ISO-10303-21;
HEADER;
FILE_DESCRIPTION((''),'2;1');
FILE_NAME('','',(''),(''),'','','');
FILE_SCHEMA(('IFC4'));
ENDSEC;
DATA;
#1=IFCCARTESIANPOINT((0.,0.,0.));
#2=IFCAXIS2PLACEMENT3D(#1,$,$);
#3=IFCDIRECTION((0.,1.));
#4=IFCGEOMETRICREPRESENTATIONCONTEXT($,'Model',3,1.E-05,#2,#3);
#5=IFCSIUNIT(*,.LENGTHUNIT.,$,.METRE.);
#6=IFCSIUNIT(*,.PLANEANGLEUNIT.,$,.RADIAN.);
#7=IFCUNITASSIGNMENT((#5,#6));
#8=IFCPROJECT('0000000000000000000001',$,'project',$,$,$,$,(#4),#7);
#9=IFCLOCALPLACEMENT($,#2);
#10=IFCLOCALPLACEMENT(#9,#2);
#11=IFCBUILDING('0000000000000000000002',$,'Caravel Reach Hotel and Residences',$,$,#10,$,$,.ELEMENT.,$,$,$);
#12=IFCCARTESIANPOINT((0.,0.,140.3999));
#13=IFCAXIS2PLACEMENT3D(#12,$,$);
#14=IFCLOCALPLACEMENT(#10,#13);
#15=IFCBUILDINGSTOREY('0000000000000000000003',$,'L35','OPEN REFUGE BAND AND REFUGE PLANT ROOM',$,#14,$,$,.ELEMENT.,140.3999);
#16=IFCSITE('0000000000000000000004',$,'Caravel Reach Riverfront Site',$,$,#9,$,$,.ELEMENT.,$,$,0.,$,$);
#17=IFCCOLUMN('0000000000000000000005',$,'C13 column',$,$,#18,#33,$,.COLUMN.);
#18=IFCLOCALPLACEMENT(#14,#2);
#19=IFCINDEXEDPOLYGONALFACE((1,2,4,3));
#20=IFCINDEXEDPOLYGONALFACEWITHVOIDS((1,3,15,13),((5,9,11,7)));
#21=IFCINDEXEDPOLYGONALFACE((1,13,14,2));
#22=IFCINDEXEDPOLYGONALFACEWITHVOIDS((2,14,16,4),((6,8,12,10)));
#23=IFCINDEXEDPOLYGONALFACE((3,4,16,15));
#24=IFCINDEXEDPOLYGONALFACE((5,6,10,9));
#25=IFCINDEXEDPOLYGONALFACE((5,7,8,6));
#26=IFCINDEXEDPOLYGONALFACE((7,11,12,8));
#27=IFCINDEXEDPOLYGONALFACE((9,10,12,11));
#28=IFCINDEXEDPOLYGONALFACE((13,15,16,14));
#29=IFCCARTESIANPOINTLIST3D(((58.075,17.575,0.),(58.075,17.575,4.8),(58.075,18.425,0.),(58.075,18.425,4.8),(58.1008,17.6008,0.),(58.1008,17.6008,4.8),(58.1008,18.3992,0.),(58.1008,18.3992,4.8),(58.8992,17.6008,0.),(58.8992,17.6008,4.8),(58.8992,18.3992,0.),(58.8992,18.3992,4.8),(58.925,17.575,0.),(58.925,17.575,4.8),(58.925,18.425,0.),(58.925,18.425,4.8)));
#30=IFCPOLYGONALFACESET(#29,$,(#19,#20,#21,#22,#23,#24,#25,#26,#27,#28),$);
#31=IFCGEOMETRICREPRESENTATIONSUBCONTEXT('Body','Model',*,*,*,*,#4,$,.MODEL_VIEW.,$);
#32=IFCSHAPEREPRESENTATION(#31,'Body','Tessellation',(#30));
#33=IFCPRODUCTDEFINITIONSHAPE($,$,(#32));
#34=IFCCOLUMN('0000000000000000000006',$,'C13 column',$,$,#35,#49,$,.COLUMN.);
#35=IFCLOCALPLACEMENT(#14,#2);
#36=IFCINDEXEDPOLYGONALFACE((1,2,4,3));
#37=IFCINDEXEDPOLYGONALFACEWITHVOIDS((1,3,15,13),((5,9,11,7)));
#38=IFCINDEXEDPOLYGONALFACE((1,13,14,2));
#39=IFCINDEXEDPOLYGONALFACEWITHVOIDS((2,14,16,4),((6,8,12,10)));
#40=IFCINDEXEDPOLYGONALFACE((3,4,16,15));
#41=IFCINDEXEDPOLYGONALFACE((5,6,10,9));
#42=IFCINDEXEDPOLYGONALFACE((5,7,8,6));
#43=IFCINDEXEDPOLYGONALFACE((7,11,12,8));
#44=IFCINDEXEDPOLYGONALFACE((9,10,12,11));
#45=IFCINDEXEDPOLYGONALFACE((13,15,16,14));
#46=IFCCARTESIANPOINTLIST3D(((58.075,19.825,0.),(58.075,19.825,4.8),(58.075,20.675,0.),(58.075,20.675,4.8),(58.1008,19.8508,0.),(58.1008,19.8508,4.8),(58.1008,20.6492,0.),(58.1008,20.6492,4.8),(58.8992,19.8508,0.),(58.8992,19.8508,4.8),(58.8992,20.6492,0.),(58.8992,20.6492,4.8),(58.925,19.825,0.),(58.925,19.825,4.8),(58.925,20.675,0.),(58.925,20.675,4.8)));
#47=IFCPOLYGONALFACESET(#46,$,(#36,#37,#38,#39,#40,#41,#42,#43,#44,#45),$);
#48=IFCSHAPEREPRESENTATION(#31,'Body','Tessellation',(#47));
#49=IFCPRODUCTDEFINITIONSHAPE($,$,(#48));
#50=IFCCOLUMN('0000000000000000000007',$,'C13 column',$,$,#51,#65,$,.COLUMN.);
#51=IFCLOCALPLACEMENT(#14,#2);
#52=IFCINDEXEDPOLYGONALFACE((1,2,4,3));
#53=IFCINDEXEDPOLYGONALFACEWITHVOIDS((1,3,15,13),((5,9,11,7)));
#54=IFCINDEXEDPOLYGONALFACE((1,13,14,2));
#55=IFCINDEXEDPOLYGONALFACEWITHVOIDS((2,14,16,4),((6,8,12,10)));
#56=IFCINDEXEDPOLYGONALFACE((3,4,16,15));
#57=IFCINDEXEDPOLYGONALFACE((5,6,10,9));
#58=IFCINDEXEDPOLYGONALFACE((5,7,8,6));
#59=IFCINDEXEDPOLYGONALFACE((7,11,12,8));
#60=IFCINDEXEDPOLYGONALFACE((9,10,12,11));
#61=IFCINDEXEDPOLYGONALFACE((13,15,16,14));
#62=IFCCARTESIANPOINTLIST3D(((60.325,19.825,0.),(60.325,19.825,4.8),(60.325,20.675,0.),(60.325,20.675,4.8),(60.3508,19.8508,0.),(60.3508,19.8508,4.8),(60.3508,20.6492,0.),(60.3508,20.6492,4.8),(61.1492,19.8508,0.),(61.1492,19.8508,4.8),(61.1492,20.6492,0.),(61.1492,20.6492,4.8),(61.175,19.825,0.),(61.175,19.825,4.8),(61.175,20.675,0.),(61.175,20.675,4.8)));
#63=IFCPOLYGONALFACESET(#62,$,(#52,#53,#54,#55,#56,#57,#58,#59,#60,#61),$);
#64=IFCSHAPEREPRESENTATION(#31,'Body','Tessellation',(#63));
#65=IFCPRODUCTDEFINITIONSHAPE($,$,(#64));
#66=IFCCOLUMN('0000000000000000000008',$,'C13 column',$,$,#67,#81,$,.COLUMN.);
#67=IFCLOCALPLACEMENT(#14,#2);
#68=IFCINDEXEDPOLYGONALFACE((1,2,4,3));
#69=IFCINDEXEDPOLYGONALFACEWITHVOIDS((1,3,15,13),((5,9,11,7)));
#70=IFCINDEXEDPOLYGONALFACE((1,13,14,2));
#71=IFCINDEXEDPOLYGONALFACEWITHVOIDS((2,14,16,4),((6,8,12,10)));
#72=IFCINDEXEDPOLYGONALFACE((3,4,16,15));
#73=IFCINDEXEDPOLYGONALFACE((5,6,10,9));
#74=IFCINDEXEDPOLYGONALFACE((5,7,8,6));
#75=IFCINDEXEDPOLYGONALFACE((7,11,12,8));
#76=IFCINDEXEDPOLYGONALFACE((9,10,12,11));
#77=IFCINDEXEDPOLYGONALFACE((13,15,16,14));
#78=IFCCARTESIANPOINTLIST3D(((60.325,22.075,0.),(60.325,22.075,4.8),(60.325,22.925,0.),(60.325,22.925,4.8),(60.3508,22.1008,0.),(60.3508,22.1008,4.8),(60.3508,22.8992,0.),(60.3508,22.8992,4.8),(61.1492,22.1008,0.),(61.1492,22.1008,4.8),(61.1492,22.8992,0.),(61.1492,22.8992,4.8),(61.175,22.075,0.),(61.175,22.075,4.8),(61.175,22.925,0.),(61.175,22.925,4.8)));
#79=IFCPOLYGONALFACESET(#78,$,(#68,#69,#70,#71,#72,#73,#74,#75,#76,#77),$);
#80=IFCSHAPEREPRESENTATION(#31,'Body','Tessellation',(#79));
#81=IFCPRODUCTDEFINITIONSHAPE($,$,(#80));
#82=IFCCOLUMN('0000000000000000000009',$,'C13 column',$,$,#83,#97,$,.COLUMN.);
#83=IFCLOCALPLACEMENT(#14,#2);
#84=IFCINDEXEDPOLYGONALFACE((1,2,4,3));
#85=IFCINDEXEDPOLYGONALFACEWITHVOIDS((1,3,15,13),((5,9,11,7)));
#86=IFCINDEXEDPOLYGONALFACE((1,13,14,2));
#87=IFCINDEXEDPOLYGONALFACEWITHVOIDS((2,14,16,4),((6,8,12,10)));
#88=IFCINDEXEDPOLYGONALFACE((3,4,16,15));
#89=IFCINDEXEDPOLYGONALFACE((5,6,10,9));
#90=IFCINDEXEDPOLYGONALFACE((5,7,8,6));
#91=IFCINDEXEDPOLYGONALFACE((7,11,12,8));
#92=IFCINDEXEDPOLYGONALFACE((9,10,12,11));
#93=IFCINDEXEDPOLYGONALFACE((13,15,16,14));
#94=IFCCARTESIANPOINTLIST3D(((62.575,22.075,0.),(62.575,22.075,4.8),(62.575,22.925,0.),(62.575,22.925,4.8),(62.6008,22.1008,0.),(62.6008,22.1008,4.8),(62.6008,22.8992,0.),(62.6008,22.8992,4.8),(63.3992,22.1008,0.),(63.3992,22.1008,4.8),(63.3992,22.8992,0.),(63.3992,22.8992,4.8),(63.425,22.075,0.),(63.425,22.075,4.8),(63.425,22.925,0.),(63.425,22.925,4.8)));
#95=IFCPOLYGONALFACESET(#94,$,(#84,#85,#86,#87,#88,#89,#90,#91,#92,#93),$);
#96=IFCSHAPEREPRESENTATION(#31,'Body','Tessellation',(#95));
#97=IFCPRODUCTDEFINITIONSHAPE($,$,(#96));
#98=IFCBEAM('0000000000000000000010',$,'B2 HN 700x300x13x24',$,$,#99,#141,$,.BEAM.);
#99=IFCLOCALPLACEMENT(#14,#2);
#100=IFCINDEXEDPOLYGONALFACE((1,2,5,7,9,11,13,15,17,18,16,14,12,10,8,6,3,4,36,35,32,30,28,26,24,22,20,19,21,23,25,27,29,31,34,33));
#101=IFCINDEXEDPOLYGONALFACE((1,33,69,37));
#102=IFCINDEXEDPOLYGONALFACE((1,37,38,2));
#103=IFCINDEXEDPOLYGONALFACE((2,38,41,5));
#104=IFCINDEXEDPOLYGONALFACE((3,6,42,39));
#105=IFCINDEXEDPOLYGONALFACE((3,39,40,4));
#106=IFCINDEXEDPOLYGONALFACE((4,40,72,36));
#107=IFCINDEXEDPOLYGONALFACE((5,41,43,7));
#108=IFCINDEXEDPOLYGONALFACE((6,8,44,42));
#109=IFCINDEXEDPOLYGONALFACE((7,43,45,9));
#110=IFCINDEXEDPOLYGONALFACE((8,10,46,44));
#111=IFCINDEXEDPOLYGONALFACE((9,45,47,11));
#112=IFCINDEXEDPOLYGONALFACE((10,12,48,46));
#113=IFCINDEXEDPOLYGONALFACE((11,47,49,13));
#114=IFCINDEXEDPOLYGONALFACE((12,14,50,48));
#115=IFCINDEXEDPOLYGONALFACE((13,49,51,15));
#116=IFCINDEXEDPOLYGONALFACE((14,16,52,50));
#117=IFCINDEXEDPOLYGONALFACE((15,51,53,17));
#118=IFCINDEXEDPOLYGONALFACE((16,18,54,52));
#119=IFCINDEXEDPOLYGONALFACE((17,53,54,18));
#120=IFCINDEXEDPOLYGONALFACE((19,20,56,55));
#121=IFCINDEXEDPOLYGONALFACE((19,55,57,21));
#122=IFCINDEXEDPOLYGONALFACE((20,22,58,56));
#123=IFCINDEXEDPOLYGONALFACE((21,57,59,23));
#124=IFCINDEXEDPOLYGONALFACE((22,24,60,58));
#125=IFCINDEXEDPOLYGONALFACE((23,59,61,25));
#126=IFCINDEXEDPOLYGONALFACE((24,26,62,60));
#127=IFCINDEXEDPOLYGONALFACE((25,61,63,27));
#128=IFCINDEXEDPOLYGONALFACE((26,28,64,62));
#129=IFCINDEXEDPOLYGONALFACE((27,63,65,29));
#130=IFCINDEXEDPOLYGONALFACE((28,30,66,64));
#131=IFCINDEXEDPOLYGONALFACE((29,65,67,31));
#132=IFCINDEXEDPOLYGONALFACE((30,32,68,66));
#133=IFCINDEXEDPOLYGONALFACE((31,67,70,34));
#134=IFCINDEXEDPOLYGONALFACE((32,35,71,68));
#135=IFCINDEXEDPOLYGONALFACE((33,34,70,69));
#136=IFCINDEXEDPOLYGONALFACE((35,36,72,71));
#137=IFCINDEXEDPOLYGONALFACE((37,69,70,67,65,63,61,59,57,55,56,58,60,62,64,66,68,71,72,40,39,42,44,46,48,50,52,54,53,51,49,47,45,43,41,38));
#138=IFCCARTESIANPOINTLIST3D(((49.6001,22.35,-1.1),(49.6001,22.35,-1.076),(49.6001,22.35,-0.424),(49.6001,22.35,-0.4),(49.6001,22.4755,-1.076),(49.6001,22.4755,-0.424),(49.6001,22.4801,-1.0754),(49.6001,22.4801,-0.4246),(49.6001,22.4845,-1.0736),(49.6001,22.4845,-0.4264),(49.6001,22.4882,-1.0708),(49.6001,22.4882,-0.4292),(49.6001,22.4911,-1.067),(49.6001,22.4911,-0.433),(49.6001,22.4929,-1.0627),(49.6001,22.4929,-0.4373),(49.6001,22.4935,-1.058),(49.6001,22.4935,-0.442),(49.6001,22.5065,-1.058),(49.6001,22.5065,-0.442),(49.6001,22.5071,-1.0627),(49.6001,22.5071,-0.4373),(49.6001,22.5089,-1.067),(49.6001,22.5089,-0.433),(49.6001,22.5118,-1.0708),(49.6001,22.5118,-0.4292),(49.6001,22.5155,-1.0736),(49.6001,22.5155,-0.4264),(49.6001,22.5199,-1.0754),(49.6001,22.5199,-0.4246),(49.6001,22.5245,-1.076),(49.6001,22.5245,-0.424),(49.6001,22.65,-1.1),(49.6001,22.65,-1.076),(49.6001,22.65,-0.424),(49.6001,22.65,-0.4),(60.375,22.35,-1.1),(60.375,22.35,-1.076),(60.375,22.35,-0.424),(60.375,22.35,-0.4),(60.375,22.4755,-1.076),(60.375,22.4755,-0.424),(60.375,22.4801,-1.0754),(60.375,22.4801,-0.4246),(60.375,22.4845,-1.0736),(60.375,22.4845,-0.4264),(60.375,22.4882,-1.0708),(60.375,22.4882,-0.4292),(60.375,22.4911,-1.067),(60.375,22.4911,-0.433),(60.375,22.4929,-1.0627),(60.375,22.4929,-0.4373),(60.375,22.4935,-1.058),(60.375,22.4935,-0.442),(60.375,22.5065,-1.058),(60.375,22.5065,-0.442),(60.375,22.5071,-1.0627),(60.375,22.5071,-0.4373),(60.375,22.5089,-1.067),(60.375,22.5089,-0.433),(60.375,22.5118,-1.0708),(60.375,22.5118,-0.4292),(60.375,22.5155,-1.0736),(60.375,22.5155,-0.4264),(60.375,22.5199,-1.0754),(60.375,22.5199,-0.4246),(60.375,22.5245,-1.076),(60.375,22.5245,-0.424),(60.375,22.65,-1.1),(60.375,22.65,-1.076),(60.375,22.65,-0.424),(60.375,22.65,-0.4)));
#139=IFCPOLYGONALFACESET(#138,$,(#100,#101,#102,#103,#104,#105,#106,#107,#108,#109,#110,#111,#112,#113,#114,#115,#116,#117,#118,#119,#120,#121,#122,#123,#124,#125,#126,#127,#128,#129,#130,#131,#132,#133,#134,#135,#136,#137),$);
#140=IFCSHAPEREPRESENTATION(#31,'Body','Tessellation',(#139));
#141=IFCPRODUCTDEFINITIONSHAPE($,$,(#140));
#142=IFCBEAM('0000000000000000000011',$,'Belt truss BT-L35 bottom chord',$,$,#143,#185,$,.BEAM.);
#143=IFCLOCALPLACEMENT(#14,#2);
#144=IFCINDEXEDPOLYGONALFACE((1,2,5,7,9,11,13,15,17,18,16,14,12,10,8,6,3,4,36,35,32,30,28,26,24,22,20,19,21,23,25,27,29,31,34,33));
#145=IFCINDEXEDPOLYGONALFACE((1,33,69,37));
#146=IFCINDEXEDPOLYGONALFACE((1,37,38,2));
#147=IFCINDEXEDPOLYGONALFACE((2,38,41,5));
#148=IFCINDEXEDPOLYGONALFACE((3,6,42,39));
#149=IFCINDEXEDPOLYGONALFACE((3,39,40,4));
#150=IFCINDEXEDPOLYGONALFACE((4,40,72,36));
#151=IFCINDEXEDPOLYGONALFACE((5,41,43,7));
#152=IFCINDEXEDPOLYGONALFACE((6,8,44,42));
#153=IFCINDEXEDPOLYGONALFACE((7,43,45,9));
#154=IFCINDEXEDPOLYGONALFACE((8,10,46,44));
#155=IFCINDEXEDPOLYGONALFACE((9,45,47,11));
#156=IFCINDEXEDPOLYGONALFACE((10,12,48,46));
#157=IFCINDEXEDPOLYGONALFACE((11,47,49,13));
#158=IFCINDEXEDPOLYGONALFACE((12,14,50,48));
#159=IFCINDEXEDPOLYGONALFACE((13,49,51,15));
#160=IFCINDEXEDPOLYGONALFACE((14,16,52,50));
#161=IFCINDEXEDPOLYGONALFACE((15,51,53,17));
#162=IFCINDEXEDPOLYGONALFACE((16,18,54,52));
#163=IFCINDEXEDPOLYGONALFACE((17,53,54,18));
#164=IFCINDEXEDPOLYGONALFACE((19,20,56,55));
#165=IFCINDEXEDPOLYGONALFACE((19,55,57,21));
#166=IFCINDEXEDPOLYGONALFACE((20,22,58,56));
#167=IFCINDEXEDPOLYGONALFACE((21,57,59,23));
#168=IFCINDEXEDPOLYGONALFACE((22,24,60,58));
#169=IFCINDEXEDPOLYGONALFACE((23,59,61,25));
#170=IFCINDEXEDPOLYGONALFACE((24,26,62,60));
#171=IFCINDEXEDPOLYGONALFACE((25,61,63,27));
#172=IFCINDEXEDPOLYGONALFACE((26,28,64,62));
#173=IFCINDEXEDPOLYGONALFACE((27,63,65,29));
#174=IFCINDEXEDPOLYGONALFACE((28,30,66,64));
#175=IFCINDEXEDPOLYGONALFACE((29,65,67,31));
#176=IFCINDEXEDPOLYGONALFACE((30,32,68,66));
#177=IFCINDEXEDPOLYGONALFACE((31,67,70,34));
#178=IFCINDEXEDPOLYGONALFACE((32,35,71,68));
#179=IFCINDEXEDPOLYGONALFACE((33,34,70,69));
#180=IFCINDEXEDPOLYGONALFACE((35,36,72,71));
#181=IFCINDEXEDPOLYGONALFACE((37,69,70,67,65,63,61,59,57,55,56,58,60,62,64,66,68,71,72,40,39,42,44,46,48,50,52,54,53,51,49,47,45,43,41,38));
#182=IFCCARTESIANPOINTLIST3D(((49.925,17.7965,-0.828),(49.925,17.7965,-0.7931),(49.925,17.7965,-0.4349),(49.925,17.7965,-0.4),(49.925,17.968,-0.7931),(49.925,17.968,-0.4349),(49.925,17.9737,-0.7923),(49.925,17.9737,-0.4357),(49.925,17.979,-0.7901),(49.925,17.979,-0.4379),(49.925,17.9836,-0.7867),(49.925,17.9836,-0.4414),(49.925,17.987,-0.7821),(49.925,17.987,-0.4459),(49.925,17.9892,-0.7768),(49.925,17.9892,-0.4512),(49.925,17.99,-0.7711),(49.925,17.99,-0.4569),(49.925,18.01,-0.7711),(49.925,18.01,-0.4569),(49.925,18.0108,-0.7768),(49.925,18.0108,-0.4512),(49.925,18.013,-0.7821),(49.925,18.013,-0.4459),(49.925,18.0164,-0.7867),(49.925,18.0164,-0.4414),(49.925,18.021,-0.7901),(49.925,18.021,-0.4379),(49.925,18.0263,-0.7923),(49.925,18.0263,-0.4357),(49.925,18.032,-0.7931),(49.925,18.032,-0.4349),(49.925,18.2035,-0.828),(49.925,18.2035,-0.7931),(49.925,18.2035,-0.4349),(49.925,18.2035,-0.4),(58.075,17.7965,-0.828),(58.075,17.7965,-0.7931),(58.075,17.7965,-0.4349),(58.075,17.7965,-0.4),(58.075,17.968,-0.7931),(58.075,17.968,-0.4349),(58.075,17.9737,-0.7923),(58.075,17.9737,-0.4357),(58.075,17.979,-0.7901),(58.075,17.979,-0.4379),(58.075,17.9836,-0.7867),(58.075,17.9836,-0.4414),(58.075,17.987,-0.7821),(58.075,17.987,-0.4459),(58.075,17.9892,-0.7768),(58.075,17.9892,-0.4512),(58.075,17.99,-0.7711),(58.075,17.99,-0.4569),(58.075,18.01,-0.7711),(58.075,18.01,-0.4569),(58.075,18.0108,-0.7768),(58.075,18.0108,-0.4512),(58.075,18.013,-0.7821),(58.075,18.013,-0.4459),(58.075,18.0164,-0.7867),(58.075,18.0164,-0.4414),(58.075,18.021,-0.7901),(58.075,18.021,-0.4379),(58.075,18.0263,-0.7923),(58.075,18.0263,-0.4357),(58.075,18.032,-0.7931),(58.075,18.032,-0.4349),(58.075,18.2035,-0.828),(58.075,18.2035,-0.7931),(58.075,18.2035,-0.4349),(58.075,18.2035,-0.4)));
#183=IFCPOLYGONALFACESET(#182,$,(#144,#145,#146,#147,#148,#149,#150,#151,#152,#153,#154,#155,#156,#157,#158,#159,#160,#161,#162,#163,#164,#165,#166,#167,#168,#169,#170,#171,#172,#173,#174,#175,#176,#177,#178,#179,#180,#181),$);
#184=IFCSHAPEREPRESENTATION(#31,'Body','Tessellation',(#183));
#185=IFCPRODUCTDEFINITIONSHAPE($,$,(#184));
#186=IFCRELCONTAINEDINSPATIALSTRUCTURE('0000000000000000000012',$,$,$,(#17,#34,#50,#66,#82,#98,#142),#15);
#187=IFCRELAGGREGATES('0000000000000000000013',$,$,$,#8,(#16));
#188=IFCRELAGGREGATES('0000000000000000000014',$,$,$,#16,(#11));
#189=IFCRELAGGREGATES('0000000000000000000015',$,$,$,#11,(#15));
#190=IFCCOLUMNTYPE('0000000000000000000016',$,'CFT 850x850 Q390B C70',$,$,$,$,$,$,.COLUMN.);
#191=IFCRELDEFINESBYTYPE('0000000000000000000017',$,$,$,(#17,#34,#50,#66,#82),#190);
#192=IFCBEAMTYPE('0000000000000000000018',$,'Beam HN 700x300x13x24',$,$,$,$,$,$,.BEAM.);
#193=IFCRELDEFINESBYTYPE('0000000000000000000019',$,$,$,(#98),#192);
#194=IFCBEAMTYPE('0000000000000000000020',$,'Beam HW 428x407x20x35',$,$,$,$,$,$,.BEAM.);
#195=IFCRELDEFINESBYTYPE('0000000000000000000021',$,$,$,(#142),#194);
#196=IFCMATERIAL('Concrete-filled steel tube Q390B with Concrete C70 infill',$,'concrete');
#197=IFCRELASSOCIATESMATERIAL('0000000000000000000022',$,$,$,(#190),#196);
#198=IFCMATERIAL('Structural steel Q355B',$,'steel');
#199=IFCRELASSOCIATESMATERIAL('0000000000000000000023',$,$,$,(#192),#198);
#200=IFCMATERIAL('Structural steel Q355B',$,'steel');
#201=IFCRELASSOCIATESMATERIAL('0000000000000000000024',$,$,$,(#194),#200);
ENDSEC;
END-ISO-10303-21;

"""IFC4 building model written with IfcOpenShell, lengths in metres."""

from ifc_helpers import new_model, si_unit, direction, frame, origin, origin_2d, place, context, subcontext, project, spatial, hollow_rectangle, i_section, extrude, material, material_profile, profile_set, type_object, element, save


model = new_model("IFC4")

# Units and contexts
model_context = context("Model", 3, precision=1e-05, world=origin(), true_north=direction((0.0, 1.0)))
body_context = subcontext(model_context, "Body", "Model", "MODEL_VIEW")
ifc_project = project(units=[si_unit("LENGTHUNIT", "METRE"), si_unit("PLANEANGLEUNIT", "RADIAN")], contexts=[model_context])

# Site, building, storey
site_placement = place(None, origin())
site = spatial("IfcSite", under=ifc_project, at=site_placement, Name="Caravel Reach Riverfront Site", CompositionType="ELEMENT", RefElevation=0.0)
building_placement = place(site_placement, origin())
building = spatial("IfcBuilding", under=site, at=building_placement, Name="Caravel Reach Hotel and Residences", CompositionType="ELEMENT")
storey_placement = place(building_placement, frame((0.0, 0.0, 140.3999)))
storey = spatial("IfcBuildingStorey", under=building, at=storey_placement, Name="L35", Description="OPEN REFUGE BAND AND REFUGE PLANT ROOM", CompositionType="ELEMENT", Elevation=140.3999)

# Columns
ifc_material_1 = material(Name="Concrete-filled steel tube Q390B with Concrete C70 infill", Category="concrete")
ifc_material_profile_1 = material_profile(ifc_material_1, hollow_rectangle(XDim=0.8501, YDim=0.8501, WallThickness=0.0259, at=origin_2d()), Name="RHS 850x850x26")
ifc_profile_set_1 = profile_set([ifc_material_profile_1], Name="Concrete-filled steel tube Q390B with Concrete C70 infill")
column_type = type_object("IfcColumnType", Name="CFT 850x850 Q390B C70", PredefinedType="COLUMN", material=ifc_profile_set_1)
for number, where, z_axis, x_axis, name in (
    (1, (58.5, 18.0, 0.0), (0.0, 0.0, 1.0), (1.0, 0.0, 0.0), "C13 column"),
    (2, (58.5, 20.25, 0.0), (0.0, 0.0, 1.0), (1.0, 0.0, 0.0), "C13 column"),
    (3, (60.75, 20.25, 0.0), (0.0, 0.0, 1.0), (1.0, 0.0, 0.0), "C13 column"),
    (4, (60.75, 22.5, 0.0), (0.0, 0.0, 1.0), (1.0, 0.0, 0.0), "C13 column"),
    (5, (63.0, 22.5, 0.0), (0.0, 0.0, 1.0), (1.0, 0.0, 0.0), "C13 column"),
):
    element("IfcColumn", number, at=place(storey_placement, frame(where, z_axis=z_axis, x_axis=x_axis)), inside=storey, type_object=column_type, Name=name, PredefinedType="COLUMN", context=body_context, shape_type="SweptSolid", body=[
        extrude(hollow_rectangle(XDim=0.8501, YDim=0.8501, WallThickness=0.0259, at=origin_2d()), origin(), (0.0, 0.0, 1.0), 4.8),
    ])

# Beams
ifc_material_2 = material(Name="Structural steel Q355B", Category="steel")
ifc_material_profile_2 = material_profile(ifc_material_2, i_section(OverallWidth=0.3, OverallDepth=0.7, WebThickness=0.0129, FlangeThickness=0.0239, FilletRadius=0.0181, at=origin_2d()), Name="HN 700x300x13x24")
ifc_profile_set_2 = profile_set([ifc_material_profile_2], Name="Structural steel Q355B")
beam_type_1 = type_object("IfcBeamType", Name="Beam HN 700x300x13x24", PredefinedType="BEAM", material=ifc_profile_set_2)
beam_1_placement = place(storey_placement, frame((49.6001, 22.5, -0.75), z_axis=(1.0, 0.0, 0.0), x_axis=(0.0, 1.0, 0.0)))
element("IfcBeam", 6, at=beam_1_placement, inside=storey, type_object=beam_type_1, Name="B2 HN 700x300x13x24", PredefinedType="BEAM", context=body_context, shape_type="SweptSolid", body=[
    extrude(i_section(OverallWidth=0.3, OverallDepth=0.7, WebThickness=0.0129, FlangeThickness=0.0239, FilletRadius=0.0181, at=origin_2d()), origin(), (0.0, 0.0, 1.0), 10.7749),
])
ifc_material_3 = material(Name="Structural steel Q355B", Category="steel")
ifc_material_profile_3 = material_profile(ifc_material_3, i_section(OverallWidth=0.407, OverallDepth=0.428, WebThickness=0.02, FlangeThickness=0.0349, FilletRadius=0.022, at=origin_2d()), Name="HW 428x407x20x35")
ifc_profile_set_3 = profile_set([ifc_material_profile_3], Name="Structural steel Q355B")
beam_type_2 = type_object("IfcBeamType", Name="Beam HW 428x407x20x35", PredefinedType="BEAM", material=ifc_profile_set_3)
for number, where, z_axis, x_axis, name in (
    (7, (49.925, 18.0, -0.614), (1.0, 0.0, 0.0), (0.0, 1.0, 0.0), "Belt truss BT-L35 bottom chord"),
):
    element("IfcBeam", number, at=place(storey_placement, frame(where, z_axis=z_axis, x_axis=x_axis)), inside=storey, type_object=beam_type_2, Name=name, PredefinedType="BEAM", context=body_context, shape_type="SweptSolid", body=[
        extrude(i_section(OverallWidth=0.407, OverallDepth=0.428, WebThickness=0.02, FlangeThickness=0.0349, FilletRadius=0.022, at=origin_2d()), origin(), (0.0, 0.0, 1.0), 8.1499),
    ])

save(model, "model.ifc")
